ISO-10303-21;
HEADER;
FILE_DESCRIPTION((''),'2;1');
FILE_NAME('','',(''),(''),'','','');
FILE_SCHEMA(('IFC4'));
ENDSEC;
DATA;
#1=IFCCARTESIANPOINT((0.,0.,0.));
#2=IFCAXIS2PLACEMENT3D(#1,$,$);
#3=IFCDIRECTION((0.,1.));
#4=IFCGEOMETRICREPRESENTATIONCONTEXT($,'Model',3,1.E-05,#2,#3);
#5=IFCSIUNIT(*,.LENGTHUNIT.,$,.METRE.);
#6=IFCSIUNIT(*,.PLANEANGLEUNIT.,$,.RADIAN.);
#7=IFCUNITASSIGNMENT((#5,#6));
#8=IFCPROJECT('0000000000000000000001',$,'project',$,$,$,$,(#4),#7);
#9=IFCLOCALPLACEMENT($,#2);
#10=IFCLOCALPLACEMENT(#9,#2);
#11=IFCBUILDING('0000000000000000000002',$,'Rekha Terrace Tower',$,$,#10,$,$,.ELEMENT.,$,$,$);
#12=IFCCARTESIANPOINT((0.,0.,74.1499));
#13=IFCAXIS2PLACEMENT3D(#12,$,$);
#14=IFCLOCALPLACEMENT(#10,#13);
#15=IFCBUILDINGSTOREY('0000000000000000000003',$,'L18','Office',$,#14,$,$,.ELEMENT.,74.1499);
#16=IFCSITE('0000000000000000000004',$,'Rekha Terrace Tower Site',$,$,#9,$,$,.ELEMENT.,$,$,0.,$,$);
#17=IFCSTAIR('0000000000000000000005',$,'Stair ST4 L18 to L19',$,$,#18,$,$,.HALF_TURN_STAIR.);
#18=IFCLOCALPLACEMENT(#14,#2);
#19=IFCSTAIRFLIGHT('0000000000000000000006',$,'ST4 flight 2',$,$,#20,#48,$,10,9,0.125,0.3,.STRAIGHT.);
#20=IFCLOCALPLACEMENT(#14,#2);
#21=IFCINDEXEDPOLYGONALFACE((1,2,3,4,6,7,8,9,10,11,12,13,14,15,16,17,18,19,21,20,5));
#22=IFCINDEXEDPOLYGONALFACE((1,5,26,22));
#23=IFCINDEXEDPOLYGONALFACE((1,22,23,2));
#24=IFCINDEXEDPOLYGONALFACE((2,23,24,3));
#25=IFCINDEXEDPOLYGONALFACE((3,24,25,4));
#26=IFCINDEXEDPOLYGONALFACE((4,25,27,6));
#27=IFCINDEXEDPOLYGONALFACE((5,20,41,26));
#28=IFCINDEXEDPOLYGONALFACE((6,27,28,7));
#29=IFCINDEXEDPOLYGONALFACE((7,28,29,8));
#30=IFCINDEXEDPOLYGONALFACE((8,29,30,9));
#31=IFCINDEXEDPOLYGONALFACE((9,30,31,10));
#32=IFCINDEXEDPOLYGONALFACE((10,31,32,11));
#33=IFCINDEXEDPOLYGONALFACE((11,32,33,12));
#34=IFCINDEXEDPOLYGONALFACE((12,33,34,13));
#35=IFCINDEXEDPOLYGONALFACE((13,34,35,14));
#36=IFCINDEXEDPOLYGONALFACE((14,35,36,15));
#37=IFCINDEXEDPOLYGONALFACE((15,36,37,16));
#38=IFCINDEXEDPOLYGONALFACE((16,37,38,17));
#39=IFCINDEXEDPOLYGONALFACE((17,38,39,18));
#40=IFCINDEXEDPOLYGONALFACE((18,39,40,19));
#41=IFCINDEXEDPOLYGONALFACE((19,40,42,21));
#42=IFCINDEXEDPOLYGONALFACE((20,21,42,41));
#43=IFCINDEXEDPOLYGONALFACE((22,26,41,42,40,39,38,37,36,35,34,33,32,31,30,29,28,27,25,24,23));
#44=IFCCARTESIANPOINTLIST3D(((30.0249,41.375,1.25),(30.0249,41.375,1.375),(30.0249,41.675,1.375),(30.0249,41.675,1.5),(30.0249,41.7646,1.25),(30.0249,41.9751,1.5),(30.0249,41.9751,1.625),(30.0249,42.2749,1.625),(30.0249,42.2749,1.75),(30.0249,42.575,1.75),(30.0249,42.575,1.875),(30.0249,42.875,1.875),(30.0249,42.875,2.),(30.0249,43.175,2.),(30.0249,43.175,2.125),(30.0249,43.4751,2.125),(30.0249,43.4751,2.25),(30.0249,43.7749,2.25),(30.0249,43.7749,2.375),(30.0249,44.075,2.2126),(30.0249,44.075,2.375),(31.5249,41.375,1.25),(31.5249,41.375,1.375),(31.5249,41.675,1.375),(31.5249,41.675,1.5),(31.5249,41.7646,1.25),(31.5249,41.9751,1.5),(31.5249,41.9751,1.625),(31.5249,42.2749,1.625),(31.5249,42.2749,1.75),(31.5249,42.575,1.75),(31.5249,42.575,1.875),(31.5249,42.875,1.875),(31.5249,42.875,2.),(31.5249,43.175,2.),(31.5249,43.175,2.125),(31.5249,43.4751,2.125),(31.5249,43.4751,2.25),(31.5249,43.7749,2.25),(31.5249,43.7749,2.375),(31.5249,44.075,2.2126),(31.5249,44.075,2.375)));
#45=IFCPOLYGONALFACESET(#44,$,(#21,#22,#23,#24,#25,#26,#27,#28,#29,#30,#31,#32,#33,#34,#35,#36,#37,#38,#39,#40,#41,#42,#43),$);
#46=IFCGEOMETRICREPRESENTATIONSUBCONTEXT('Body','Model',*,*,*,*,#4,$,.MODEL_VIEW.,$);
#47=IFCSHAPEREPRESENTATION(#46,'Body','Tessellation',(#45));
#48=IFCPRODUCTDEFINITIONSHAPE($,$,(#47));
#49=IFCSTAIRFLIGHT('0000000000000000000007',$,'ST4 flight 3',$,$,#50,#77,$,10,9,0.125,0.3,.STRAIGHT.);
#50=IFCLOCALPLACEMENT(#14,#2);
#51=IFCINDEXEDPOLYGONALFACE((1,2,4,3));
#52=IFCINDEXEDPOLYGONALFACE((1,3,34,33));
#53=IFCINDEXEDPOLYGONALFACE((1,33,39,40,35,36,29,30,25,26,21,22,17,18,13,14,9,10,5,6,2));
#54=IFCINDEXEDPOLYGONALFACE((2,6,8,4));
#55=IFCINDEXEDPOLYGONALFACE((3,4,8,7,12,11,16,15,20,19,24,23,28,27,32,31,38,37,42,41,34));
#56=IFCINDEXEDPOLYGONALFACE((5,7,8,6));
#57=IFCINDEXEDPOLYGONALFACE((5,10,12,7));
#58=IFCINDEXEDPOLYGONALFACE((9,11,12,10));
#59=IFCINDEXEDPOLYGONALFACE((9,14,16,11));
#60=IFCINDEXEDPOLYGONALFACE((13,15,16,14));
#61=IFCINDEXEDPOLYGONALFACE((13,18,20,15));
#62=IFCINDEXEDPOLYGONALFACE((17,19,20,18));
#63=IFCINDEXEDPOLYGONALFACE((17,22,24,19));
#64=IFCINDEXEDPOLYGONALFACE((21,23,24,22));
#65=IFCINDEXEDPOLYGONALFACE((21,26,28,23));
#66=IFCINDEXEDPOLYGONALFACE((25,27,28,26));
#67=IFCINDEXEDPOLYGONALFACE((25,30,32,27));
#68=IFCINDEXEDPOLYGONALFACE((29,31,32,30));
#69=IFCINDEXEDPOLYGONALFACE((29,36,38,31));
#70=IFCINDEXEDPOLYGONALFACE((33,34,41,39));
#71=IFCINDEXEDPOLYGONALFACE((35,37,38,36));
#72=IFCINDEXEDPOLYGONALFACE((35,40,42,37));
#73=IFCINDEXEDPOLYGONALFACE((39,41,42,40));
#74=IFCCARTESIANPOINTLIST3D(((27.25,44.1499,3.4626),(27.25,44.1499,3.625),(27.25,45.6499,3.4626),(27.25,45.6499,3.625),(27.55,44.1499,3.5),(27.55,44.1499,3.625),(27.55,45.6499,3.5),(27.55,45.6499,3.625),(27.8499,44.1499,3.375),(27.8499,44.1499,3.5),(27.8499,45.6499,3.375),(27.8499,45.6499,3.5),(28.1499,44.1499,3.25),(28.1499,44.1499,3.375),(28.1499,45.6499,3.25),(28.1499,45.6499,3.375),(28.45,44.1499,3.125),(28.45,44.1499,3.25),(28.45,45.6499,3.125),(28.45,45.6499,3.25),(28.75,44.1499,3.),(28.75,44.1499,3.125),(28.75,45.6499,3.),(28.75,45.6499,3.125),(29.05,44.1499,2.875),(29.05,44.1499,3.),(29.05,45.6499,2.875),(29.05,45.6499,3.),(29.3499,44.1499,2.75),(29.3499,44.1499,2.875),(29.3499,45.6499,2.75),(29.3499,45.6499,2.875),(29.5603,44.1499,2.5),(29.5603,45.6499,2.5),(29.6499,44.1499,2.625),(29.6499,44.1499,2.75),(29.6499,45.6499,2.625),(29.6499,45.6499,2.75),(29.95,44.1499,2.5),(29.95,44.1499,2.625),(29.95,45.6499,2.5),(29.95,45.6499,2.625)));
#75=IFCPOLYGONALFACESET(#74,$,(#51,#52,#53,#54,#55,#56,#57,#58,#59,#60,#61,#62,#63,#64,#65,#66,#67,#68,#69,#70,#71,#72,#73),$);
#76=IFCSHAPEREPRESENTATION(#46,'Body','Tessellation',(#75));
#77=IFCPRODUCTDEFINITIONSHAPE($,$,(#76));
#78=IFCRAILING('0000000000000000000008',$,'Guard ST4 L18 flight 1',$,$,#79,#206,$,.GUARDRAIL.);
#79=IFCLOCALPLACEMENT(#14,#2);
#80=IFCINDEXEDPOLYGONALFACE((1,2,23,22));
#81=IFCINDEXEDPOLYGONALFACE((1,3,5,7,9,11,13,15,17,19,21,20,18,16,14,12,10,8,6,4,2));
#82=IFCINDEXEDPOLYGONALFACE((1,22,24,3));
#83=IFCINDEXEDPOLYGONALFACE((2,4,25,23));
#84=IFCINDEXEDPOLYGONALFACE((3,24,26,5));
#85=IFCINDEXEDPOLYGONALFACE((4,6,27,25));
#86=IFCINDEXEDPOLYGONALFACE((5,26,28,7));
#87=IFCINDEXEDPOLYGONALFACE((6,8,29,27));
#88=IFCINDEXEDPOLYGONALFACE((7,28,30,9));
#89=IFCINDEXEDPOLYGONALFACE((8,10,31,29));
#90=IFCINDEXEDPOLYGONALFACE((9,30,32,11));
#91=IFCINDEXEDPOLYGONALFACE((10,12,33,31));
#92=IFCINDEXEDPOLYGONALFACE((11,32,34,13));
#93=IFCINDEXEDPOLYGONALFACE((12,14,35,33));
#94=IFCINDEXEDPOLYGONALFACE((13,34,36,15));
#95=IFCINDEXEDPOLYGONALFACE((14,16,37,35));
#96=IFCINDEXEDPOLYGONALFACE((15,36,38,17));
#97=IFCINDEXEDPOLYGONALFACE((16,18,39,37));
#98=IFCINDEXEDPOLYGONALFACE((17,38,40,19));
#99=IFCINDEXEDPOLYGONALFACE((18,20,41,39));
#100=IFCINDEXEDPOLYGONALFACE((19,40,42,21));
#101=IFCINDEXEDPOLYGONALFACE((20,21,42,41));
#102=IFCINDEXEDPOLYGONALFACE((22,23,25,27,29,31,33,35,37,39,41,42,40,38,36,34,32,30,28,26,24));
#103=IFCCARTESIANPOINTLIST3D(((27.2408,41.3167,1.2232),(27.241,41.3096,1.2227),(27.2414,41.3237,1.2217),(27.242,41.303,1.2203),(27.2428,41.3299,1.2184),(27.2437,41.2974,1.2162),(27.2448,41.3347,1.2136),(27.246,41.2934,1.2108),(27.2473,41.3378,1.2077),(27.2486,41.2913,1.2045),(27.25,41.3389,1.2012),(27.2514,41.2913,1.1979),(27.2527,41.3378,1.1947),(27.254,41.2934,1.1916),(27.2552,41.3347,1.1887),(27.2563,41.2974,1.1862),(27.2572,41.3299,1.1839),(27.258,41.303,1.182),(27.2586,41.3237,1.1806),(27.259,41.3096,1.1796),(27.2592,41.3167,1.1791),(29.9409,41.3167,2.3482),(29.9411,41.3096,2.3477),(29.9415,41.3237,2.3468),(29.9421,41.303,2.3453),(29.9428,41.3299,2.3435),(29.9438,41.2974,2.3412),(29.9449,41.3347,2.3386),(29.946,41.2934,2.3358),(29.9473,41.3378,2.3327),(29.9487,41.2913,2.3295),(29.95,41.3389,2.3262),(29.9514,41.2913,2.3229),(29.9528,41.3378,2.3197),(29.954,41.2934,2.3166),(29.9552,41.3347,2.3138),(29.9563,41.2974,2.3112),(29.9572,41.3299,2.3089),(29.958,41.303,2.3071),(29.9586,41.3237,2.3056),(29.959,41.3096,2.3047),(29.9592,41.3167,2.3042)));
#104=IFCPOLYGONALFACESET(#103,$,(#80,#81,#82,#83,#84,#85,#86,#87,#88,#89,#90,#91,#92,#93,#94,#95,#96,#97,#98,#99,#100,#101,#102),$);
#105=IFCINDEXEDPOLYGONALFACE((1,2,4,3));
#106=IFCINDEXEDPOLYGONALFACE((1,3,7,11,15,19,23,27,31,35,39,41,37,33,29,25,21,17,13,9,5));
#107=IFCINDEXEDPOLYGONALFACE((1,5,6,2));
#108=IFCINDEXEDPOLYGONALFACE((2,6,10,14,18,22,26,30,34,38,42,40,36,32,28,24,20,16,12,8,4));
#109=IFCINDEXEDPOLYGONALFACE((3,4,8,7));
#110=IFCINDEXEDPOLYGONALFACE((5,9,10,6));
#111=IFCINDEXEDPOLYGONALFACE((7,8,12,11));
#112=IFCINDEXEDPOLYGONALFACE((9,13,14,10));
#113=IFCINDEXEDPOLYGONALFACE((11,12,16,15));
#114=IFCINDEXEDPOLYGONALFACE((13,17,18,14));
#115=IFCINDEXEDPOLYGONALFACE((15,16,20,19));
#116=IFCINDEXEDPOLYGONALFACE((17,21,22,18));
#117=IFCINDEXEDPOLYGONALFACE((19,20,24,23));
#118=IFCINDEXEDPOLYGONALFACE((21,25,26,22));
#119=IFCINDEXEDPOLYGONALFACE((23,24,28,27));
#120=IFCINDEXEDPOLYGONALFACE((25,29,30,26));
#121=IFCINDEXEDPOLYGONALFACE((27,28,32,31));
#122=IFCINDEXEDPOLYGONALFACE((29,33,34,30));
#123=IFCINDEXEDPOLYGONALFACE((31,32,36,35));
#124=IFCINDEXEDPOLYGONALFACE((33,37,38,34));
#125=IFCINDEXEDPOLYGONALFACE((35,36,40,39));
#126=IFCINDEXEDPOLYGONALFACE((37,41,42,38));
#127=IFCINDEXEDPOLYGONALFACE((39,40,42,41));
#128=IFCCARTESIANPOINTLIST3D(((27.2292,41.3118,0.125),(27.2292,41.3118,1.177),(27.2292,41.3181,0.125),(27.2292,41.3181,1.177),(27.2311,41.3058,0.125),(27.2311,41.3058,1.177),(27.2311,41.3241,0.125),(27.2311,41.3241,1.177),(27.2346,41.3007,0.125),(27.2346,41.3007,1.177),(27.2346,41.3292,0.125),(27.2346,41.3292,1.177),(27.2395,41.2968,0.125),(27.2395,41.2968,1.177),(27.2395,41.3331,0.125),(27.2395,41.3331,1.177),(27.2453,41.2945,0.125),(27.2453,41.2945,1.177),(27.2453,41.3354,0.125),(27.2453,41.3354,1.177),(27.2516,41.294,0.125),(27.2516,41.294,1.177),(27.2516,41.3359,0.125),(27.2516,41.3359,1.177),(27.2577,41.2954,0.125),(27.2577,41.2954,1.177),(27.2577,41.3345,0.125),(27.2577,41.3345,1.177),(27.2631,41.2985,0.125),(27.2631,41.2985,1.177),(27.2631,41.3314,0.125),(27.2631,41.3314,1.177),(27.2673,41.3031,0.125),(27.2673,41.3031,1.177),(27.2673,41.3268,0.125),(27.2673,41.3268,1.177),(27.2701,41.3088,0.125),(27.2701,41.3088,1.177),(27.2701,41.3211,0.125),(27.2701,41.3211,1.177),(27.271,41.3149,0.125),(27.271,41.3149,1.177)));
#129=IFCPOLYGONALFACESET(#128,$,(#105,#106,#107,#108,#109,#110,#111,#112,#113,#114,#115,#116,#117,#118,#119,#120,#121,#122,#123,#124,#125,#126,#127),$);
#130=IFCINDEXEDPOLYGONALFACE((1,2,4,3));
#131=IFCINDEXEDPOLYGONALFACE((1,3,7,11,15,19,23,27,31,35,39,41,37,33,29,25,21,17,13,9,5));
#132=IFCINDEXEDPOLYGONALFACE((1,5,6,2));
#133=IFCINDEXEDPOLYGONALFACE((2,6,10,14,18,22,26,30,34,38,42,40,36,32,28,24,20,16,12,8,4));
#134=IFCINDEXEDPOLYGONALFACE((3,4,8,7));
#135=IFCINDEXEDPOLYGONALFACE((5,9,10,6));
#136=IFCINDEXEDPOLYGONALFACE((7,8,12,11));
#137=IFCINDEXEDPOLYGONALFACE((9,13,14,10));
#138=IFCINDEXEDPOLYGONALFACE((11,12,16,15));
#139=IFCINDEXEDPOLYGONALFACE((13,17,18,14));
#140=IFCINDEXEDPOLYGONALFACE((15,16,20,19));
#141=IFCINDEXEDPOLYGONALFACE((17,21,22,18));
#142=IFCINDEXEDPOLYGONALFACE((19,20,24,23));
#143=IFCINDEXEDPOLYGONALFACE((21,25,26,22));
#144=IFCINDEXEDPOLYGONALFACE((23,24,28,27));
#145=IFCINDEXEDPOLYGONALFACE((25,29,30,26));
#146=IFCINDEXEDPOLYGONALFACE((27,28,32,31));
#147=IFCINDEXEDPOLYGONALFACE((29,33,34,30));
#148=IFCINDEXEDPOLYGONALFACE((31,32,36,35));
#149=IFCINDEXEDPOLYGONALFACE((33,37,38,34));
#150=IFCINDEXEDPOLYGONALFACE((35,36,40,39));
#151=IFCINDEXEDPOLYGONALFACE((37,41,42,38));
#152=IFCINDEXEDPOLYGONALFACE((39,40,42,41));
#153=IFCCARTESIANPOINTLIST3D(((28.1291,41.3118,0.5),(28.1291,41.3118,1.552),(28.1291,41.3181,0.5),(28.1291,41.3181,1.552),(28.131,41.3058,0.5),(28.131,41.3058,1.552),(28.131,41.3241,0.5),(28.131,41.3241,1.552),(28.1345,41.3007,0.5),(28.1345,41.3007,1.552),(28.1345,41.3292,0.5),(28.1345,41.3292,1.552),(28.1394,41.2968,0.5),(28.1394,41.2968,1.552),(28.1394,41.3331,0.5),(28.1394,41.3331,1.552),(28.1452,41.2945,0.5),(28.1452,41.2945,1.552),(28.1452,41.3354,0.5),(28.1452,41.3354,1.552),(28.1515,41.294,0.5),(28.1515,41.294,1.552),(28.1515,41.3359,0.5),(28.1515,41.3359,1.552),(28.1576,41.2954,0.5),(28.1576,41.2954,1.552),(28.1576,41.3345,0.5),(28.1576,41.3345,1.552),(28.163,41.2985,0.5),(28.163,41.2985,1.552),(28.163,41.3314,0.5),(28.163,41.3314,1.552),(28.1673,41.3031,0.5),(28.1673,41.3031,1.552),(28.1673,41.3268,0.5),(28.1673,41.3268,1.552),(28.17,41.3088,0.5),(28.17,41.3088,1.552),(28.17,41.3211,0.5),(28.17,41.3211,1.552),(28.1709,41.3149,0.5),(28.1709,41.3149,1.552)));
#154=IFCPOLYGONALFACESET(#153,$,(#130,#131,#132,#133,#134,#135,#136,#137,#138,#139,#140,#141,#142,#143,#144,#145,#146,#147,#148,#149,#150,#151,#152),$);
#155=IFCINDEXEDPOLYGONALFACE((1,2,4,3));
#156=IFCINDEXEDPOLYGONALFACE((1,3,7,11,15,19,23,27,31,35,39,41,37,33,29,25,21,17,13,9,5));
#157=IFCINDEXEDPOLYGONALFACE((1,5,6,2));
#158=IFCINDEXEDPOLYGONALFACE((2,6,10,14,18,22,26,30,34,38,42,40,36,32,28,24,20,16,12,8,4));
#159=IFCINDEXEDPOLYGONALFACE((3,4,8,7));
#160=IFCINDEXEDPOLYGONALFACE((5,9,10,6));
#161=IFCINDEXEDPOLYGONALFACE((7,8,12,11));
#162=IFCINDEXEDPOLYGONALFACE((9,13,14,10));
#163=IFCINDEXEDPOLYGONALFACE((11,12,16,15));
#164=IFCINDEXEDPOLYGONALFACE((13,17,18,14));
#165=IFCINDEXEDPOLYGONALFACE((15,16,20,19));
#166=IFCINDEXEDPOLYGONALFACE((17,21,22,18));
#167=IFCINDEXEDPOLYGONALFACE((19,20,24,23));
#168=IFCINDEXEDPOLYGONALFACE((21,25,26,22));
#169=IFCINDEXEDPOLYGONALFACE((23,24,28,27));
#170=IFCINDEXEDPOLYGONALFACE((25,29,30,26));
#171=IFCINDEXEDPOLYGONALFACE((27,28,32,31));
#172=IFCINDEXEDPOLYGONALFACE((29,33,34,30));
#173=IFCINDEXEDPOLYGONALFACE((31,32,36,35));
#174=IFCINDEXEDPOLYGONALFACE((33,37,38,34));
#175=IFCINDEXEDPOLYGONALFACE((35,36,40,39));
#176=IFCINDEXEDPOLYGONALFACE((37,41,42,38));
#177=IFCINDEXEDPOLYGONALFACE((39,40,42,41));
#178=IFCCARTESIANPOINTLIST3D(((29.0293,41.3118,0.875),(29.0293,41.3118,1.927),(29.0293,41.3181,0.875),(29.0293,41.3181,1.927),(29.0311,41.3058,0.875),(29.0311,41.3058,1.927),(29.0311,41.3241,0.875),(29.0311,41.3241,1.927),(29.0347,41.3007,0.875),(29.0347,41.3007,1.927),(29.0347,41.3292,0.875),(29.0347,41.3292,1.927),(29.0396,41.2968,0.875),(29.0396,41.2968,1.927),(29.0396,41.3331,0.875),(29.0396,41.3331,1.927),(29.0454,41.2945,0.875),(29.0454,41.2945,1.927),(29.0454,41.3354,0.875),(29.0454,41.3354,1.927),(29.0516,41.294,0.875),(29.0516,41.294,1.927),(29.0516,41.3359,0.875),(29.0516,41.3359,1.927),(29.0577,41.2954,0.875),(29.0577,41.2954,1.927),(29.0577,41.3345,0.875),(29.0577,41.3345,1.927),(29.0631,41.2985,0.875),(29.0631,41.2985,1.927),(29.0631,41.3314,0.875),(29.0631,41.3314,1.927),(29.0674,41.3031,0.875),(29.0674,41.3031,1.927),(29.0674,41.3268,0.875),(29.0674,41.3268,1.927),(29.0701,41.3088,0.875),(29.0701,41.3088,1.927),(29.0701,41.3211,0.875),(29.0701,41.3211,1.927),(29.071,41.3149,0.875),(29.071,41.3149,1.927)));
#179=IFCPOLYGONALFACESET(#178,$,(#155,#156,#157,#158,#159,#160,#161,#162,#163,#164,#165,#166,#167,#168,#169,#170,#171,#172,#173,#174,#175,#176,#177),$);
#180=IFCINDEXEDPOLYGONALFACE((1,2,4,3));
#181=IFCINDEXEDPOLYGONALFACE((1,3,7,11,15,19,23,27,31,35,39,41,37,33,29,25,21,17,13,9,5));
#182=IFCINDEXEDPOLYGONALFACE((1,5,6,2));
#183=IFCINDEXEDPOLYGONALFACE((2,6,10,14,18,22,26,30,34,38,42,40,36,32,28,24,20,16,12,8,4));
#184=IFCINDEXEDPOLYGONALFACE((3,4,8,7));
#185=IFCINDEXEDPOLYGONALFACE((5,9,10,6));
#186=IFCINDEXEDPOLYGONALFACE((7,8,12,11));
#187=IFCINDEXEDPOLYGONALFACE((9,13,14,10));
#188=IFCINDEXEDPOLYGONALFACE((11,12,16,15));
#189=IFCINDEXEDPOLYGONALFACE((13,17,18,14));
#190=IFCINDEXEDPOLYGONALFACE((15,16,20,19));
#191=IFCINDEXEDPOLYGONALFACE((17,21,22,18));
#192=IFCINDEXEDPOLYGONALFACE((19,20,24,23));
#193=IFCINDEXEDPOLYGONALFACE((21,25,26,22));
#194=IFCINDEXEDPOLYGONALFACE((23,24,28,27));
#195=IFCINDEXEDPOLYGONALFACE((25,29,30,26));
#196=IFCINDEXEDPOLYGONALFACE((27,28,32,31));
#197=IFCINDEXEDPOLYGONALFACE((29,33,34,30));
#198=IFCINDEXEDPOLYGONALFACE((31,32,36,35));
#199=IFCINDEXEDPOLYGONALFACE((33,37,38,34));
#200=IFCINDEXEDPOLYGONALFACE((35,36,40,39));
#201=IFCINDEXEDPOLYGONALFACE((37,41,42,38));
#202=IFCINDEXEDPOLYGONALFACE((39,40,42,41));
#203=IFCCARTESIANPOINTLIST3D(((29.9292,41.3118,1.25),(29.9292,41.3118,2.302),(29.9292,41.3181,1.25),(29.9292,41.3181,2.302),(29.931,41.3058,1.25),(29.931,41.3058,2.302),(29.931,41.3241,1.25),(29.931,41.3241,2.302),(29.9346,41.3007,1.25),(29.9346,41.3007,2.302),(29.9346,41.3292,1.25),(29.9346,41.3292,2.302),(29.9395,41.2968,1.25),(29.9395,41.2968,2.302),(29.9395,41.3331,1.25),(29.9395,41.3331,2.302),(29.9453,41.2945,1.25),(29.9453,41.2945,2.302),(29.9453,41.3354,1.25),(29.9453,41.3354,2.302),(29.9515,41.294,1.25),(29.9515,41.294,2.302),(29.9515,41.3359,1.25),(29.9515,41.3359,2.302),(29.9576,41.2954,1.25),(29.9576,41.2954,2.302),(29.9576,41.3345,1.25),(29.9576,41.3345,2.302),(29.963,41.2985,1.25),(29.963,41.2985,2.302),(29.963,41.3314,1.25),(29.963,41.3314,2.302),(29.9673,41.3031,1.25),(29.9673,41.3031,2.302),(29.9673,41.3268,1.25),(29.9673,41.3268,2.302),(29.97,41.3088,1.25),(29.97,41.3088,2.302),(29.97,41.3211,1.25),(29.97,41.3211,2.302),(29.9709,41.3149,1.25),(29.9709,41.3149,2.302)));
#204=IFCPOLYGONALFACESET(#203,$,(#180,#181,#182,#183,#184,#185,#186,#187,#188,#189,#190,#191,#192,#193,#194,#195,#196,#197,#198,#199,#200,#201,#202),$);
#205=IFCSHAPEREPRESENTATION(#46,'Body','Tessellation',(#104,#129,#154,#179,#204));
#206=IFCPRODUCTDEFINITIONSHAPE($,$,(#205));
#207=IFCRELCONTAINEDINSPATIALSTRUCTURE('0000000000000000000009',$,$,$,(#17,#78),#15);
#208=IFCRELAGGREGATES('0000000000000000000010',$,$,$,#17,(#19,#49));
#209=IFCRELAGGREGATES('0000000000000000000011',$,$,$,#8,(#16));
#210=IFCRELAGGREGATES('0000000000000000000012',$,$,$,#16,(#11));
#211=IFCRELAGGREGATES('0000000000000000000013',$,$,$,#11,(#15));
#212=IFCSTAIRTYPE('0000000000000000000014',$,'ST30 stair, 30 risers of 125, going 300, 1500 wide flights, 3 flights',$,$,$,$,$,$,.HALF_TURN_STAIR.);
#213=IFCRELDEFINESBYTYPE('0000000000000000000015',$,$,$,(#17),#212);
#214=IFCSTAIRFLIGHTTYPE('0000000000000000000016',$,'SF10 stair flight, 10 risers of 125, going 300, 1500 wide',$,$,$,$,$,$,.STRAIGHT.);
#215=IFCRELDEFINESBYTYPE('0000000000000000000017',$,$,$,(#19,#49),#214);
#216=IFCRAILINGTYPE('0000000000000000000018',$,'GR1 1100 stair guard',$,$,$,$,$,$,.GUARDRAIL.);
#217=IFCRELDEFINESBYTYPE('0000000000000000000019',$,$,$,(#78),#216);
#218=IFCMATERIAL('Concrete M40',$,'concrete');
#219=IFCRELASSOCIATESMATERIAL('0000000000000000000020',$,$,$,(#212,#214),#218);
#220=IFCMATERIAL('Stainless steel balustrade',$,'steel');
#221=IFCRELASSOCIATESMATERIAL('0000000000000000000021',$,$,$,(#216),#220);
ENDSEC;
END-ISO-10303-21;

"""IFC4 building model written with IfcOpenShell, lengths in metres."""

from ifc_helpers import new_model, si_unit, direction, frame, origin, origin_2d, place, context, subcontext, project, spatial, polyline, circle, outline, extrude, material, type_object, element, aggregate, save


model = new_model("IFC4")

# Units and contexts
model_context = context("Model", 3, precision=1e-05, world=origin(), true_north=direction((0.0, 1.0)))
body_context = subcontext(model_context, "Body", "Model", "MODEL_VIEW")
ifc_project = project(units=[si_unit("LENGTHUNIT", "METRE"), si_unit("PLANEANGLEUNIT", "RADIAN")], contexts=[model_context])

# Site, building, storey
site_placement = place(None, origin())
site = spatial("IfcSite", under=ifc_project, at=site_placement, Name="Rekha Terrace Tower Site", CompositionType="ELEMENT", RefElevation=0.0)
building_placement = place(site_placement, origin())
building = spatial("IfcBuilding", under=site, at=building_placement, Name="Rekha Terrace Tower", CompositionType="ELEMENT")
storey_placement = place(building_placement, frame((0.0, 0.0, 74.1499)))
storey = spatial("IfcBuildingStorey", under=building, at=storey_placement, Name="L18", Description="Office", CompositionType="ELEMENT", Elevation=74.1499)

# Stair, stair flights
ifc_material_1 = material(Name="Concrete M40", Category="concrete")
stair_type = type_object("IfcStairType", Name="ST30 stair, 30 risers of 125, going 300, 1500 wide flights, 3 flights", PredefinedType="HALF_TURN_STAIR", material=ifc_material_1)
stair_placement = place(storey_placement, origin())
stair = element("IfcStair", 1, at=stair_placement, inside=storey, type_object=stair_type, Name="Stair ST4 L18 to L19", PredefinedType="HALF_TURN_STAIR")
stair_flight_type = type_object("IfcStairFlightType", Name="SF10 stair flight, 10 risers of 125, going 300, 1500 wide", PredefinedType="STRAIGHT", material=ifc_material_1)
stair_flight_1_placement = place(storey_placement, frame((30.7749, 41.375, 1.25), z_axis=(0.0, 0.0, 1.0), x_axis=(0.0, 1.0, 0.0)))
stair_flight_1 = element("IfcStairFlight", 2, at=stair_flight_1_placement, type_object=stair_flight_type, Name="ST4 flight 2", NumberOfRisers=10, NumberOfTreads=9, PredefinedType="STRAIGHT", RiserHeight=0.125, TreadLength=0.3, context=body_context, shape_type="SweptSolid", body=[
    extrude(outline(polyline([(0.0, 0.0), (0.0, 0.125), (0.3, 0.125), (0.3, 0.25), (0.6001, 0.25), (0.6001, 0.375), (0.8999, 0.375), (0.8999, 0.5), (1.2, 0.5), (1.2, 0.625), (1.5, 0.625), (1.5, 0.75), (1.8, 0.75), (1.8, 0.875), (2.1001, 0.875), (2.1001, 1.0), (2.3999, 1.0), (2.3999, 1.125), (2.7, 1.125), (2.7, 1.25), (2.7, 0.9626), (0.3896, 0.0), (0.0, 0.0)])), frame((0.0, 0.75, 0.0), z_axis=(0.0, -1.0, 0.0), x_axis=(1.0, 0.0, 0.0)), (0.0, 0.0, 1.0), 1.5),
])
stair_flight_2_placement = place(storey_placement, frame((29.95, 44.8999, 2.5), z_axis=(0.0, 0.0, 1.0), x_axis=(-1.0, 0.0, 0.0)))
stair_flight_2 = element("IfcStairFlight", 3, at=stair_flight_2_placement, type_object=stair_flight_type, Name="ST4 flight 3", NumberOfRisers=10, NumberOfTreads=9, PredefinedType="STRAIGHT", RiserHeight=0.125, TreadLength=0.3, context=body_context, shape_type="SweptSolid", body=[
    extrude(outline(polyline([(0.0, 0.0), (0.0, 0.125), (0.3, 0.125), (0.3, 0.25), (0.6001, 0.25), (0.6001, 0.375), (0.8999, 0.375), (0.8999, 0.5), (1.2, 0.5), (1.2, 0.625), (1.5, 0.625), (1.5, 0.75), (1.8, 0.75), (1.8, 0.875), (2.1001, 0.875), (2.1001, 1.0), (2.3999, 1.0), (2.3999, 1.125), (2.7, 1.125), (2.7, 1.25), (2.7, 0.9626), (0.3896, 0.0), (0.0, 0.0)])), frame((0.0, 0.75, 0.0), z_axis=(0.0, -1.0, 0.0), x_axis=(1.0, 0.0, 0.0)), (0.0, 0.0, 1.0), 1.5),
])
aggregate(stair, [stair_flight_1, stair_flight_2])

# Railing
ifc_material_2 = material(Name="Stainless steel balustrade", Category="steel")
railing_type_1 = type_object("IfcRailingType", Name="GR1 1100 stair guard", PredefinedType="GUARDRAIL", material=ifc_material_2)
railing_1_placement = place(storey_placement, frame((27.25, 41.3149, 0.125)))
element("IfcRailing", 4, at=railing_1_placement, inside=storey, type_object=railing_type_1, Name="Guard ST4 L18 flight 1", PredefinedType="GUARDRAIL", context=body_context, shape_type="SweptSolid", body=[
    extrude(circle(Radius=0.0239, at=origin_2d()), frame((0.0, 0.0, 1.0762), z_axis=(0.923074, 0.0, 0.384621), x_axis=(0.0, 1.0, 0.0)), (0.0, 0.0, 1.0), 2.925),
    extrude(circle(Radius=0.021, at=origin_2d()), origin(), (0.0, 0.0, 1.0), 1.052),
    extrude(circle(Radius=0.021, at=origin_2d()), frame((0.8999, 0.0, 0.375)), (0.0, 0.0, 1.0), 1.052),
    extrude(circle(Radius=0.021, at=origin_2d()), frame((1.8, 0.0, 0.75)), (0.0, 0.0, 1.0), 1.052),
    extrude(circle(Radius=0.021, at=origin_2d()), frame((2.7, 0.0, 1.125)), (0.0, 0.0, 1.0), 1.052),
])

save(model, "model.ifc")
